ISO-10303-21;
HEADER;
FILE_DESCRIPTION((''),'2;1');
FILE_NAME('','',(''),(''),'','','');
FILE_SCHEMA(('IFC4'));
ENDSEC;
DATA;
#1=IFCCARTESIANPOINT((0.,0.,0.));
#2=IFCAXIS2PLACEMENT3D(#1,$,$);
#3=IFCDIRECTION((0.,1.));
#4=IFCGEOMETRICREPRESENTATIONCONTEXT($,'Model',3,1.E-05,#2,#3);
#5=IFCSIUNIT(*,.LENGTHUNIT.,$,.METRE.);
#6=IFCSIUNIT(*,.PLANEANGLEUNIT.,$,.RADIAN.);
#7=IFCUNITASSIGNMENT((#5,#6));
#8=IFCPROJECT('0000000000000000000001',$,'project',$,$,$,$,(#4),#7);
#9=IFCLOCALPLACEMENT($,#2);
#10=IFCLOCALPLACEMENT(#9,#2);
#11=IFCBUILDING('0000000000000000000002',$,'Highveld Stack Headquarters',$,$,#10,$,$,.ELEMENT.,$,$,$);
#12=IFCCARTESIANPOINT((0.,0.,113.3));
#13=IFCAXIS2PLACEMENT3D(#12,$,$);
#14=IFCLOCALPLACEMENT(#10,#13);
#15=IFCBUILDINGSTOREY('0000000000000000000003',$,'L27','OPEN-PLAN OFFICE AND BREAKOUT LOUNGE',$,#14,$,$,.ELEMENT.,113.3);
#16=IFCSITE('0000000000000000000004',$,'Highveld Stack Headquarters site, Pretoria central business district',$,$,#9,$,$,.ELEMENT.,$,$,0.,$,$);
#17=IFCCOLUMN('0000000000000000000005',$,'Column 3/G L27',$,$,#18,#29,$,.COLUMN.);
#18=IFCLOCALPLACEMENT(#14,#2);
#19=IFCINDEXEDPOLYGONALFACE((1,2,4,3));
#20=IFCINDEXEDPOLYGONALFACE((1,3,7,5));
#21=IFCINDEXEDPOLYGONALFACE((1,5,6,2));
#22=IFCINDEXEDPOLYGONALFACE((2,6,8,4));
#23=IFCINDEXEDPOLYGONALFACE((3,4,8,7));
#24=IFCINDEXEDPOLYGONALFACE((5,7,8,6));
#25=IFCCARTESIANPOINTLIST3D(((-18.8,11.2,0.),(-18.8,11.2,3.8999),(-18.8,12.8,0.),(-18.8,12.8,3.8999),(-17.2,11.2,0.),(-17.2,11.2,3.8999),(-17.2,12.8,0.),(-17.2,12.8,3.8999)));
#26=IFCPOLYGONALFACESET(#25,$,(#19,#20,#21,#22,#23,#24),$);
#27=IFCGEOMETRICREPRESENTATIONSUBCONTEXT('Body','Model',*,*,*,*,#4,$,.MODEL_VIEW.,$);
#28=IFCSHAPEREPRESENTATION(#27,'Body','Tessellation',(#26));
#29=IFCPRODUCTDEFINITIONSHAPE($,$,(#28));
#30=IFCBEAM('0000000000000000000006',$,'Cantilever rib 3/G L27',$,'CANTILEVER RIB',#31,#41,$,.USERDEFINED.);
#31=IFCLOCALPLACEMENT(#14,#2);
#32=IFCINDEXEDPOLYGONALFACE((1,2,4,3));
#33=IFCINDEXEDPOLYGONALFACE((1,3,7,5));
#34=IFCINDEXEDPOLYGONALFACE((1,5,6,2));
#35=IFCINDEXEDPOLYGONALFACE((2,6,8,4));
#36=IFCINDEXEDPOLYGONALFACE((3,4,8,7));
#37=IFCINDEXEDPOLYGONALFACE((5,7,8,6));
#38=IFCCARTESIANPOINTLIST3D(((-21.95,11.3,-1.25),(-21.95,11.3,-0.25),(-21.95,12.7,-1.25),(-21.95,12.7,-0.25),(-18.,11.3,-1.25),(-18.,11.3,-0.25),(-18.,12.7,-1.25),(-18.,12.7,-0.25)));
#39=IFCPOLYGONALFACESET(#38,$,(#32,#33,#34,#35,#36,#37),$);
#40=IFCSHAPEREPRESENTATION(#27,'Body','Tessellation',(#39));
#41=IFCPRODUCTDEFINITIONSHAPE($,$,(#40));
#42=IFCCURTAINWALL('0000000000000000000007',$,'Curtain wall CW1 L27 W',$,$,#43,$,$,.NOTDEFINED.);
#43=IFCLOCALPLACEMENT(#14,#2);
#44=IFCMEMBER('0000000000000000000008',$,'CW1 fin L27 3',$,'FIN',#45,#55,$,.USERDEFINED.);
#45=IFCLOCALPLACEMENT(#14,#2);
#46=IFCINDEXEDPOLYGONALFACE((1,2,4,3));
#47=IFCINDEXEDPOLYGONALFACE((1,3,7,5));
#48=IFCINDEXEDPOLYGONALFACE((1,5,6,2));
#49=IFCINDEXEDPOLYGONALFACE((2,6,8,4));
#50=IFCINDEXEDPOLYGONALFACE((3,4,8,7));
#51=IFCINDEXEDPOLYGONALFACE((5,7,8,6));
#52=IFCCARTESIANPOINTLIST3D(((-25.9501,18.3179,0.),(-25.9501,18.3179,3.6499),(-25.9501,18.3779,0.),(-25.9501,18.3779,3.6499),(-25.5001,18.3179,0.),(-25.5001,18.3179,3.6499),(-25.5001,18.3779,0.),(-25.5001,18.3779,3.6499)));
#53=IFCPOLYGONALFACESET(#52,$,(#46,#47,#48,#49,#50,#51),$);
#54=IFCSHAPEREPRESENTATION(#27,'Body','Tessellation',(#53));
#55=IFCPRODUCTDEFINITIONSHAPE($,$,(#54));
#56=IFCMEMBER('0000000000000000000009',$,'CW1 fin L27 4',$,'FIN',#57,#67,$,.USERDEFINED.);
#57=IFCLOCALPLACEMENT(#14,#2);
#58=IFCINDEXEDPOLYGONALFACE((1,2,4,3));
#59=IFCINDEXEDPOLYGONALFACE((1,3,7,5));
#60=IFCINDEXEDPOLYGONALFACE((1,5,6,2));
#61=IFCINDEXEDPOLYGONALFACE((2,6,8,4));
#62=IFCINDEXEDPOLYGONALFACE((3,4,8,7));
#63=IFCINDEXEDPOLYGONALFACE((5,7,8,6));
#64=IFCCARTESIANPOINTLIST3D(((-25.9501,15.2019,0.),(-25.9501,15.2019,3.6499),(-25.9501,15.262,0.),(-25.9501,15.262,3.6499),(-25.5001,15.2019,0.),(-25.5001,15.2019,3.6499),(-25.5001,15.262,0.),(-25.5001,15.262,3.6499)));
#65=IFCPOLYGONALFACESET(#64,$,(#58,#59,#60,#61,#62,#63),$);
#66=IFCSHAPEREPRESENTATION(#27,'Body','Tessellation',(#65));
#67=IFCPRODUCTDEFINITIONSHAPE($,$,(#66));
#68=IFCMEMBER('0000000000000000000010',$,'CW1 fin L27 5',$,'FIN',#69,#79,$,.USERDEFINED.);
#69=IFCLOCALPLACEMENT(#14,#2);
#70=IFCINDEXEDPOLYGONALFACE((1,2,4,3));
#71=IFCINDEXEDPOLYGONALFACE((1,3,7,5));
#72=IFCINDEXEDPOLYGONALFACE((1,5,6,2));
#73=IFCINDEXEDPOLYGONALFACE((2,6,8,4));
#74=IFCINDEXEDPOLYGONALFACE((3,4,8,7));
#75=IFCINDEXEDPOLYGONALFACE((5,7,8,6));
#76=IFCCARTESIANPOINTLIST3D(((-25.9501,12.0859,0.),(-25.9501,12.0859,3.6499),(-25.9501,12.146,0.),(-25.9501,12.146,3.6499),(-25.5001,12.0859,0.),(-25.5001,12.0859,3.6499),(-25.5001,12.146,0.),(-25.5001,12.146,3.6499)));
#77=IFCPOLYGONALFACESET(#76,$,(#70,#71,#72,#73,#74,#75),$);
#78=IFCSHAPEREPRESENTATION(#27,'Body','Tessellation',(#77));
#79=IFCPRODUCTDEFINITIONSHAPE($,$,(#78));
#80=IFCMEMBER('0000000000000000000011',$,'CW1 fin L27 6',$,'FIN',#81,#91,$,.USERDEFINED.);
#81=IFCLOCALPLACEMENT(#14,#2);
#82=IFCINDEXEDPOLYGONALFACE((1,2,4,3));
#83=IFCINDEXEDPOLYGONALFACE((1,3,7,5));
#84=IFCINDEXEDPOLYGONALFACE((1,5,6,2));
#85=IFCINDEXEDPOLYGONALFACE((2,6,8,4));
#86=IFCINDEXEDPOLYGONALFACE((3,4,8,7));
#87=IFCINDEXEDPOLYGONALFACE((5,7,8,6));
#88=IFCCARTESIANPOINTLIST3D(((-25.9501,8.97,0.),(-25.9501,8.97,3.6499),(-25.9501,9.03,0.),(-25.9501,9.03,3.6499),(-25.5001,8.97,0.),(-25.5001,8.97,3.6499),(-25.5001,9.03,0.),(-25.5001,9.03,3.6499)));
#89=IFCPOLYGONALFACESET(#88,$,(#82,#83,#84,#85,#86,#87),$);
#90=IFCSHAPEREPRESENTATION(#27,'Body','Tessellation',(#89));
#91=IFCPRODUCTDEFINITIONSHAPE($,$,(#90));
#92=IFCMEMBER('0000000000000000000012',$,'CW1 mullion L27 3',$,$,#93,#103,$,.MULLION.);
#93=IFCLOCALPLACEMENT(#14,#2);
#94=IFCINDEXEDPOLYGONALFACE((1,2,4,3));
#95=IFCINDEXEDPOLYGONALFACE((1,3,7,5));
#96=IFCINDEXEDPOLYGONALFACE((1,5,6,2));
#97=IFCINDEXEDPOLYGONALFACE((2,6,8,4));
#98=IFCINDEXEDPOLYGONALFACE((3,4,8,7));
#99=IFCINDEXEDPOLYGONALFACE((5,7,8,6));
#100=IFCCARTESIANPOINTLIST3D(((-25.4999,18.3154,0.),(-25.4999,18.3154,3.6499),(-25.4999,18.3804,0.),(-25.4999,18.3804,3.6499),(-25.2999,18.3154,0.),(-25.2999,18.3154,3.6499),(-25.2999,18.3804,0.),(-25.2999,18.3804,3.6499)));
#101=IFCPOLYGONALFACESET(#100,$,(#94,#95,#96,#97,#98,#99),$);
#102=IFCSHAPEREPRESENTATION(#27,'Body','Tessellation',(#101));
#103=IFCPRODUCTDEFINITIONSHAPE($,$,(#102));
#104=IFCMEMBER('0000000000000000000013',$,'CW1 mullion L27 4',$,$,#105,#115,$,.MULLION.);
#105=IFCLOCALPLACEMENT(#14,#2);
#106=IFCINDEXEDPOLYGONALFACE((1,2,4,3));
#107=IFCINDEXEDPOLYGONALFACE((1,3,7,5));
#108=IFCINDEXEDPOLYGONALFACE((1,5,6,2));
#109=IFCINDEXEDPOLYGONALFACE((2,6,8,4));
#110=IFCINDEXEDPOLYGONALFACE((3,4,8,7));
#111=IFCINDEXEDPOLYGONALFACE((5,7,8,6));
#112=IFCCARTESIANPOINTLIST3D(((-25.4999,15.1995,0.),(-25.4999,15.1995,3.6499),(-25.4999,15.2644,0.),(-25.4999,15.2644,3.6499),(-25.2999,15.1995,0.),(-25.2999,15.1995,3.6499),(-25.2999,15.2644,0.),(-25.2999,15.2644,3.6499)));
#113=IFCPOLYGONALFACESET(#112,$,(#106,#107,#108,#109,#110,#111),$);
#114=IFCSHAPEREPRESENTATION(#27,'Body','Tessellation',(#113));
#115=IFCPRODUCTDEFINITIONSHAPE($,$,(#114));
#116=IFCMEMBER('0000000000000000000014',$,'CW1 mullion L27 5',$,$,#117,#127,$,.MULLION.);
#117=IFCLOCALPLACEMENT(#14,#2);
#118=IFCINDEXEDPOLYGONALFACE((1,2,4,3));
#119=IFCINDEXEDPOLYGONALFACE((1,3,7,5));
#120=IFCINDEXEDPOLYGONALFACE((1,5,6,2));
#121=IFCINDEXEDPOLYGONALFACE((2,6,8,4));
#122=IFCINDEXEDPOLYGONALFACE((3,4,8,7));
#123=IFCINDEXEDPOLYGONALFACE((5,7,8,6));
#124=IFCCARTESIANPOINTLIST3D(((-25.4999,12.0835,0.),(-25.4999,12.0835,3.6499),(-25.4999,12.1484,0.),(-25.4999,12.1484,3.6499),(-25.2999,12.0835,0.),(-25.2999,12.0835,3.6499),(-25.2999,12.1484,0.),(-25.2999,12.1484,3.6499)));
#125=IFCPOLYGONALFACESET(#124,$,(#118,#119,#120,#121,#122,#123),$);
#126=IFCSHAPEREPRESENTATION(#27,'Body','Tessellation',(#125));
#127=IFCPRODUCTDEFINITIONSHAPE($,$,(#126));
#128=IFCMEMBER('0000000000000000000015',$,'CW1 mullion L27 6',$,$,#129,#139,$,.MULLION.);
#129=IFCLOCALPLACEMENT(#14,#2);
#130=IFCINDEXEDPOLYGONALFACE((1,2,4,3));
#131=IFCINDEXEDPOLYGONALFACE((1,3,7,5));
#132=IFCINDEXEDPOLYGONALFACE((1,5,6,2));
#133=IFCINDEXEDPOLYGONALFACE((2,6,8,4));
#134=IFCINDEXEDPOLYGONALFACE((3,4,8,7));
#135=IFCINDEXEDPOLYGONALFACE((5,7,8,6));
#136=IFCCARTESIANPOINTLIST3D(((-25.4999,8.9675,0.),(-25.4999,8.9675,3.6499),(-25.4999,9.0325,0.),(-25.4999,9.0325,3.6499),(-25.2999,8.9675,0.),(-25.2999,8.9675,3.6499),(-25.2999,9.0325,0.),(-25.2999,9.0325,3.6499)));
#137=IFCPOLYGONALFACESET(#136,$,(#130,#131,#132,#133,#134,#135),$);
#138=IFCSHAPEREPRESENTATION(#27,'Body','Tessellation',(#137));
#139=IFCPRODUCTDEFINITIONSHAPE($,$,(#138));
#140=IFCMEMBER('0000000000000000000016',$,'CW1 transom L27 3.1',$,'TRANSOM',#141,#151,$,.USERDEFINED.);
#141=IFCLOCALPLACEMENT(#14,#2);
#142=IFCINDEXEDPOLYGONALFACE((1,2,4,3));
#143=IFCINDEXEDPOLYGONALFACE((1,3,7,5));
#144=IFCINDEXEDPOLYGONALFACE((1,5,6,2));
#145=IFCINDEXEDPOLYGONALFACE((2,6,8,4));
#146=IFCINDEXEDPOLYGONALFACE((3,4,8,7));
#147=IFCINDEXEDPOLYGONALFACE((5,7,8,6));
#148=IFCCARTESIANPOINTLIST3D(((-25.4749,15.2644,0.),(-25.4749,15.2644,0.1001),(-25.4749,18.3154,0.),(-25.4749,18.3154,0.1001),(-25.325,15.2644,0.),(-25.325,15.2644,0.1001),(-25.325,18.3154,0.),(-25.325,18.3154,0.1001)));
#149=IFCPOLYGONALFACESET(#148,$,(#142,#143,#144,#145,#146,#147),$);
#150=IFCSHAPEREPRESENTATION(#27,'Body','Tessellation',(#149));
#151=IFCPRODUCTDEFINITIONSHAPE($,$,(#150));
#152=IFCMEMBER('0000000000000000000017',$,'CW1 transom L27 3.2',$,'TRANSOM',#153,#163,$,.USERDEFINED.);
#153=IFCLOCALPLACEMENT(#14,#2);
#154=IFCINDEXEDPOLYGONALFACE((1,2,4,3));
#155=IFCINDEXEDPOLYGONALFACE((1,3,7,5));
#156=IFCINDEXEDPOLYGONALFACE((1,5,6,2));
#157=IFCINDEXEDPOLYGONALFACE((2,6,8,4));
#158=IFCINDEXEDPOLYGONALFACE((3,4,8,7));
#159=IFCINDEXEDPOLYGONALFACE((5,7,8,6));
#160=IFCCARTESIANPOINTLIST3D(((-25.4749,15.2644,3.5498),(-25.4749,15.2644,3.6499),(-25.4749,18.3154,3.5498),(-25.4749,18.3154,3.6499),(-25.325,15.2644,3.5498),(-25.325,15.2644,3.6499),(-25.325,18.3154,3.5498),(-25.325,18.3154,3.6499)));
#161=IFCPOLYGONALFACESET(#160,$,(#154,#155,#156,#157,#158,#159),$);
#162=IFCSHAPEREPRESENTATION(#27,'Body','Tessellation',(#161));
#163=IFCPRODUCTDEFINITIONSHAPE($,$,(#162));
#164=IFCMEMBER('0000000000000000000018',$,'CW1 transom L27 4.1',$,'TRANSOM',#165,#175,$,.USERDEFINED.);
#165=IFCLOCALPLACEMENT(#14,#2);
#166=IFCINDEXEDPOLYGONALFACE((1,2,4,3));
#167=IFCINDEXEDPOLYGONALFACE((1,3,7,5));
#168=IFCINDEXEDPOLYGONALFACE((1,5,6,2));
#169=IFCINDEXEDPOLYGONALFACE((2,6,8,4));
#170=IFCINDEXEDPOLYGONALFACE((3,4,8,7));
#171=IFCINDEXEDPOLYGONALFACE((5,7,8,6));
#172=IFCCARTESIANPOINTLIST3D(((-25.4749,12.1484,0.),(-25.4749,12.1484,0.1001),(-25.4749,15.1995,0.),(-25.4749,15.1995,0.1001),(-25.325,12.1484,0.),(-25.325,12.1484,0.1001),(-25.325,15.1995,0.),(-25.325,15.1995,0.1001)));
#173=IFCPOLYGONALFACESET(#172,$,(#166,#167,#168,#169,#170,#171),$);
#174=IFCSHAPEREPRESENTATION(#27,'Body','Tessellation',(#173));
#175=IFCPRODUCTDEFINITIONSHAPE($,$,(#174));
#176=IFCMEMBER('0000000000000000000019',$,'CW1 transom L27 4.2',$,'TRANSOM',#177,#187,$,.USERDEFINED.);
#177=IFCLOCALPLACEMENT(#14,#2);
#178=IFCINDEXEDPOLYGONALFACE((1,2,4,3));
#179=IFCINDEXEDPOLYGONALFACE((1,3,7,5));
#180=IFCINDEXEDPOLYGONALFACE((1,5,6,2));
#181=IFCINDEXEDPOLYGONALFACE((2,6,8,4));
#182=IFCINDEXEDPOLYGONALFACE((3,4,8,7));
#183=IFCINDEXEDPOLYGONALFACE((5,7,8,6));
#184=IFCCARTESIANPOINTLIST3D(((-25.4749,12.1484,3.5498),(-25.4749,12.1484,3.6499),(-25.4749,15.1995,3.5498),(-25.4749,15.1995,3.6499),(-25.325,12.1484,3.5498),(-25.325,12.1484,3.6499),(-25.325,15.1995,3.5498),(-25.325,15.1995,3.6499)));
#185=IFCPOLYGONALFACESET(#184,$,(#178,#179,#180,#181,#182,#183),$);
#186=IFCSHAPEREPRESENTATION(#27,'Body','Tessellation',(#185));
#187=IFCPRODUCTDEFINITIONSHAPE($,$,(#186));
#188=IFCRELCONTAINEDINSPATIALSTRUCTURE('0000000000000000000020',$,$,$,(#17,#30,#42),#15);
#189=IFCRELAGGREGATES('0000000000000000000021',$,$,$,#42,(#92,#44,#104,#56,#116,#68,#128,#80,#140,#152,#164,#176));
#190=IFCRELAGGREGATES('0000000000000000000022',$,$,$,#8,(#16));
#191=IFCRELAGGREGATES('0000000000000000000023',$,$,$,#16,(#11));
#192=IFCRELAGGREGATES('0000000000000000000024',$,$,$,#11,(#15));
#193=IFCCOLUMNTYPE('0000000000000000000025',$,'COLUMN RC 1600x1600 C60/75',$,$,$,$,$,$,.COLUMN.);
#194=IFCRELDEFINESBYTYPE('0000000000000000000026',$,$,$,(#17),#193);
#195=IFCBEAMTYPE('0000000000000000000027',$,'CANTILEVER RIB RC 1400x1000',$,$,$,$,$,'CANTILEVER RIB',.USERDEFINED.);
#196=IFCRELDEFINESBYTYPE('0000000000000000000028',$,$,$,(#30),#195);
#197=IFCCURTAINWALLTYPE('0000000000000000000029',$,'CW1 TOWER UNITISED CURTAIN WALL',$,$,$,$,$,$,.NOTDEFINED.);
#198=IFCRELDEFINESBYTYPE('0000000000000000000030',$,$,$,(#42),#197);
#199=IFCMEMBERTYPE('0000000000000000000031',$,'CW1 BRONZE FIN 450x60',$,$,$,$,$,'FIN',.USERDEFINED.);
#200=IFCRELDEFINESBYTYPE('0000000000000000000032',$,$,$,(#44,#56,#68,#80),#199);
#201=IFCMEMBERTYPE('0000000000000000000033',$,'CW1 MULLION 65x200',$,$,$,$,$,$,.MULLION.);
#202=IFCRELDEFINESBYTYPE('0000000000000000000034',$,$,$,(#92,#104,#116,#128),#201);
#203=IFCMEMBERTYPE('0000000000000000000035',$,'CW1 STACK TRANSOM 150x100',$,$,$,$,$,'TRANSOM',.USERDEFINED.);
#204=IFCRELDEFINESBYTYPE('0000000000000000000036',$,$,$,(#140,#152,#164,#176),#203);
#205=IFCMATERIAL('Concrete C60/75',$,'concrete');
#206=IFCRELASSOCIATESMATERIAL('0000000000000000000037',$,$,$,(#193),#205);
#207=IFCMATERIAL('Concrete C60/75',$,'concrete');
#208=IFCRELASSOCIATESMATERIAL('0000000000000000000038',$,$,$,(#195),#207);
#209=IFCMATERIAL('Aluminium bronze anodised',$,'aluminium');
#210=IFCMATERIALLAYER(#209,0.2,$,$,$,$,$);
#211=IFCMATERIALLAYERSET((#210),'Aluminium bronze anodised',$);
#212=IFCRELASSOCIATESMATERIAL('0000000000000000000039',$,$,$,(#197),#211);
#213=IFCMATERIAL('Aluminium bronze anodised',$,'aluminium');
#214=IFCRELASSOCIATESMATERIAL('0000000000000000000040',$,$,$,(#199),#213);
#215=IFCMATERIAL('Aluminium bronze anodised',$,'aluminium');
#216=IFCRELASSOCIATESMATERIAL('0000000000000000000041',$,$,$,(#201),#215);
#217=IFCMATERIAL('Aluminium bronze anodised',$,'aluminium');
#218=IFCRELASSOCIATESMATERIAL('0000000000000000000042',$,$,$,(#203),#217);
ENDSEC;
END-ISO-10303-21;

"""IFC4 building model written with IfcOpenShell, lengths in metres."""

from ifc_helpers import new_model, si_unit, direction, frame, origin, origin_2d, place, context, subcontext, project, spatial, rectangle, extrude, material, layer, layer_set, material_profile, profile_set, type_object, element, aggregate, save


model = new_model("IFC4")

# Units and contexts
model_context = context("Model", 3, precision=1e-05, world=origin(), true_north=direction((0.0, 1.0)))
body_context = subcontext(model_context, "Body", "Model", "MODEL_VIEW")
ifc_project = project(units=[si_unit("LENGTHUNIT", "METRE"), si_unit("PLANEANGLEUNIT", "RADIAN")], contexts=[model_context])

# Site, building, storey
site_placement = place(None, origin())
site = spatial("IfcSite", under=ifc_project, at=site_placement, Name="Highveld Stack Headquarters site, Pretoria central business district", CompositionType="ELEMENT", RefElevation=0.0)
building_placement = place(site_placement, origin())
building = spatial("IfcBuilding", under=site, at=building_placement, Name="Highveld Stack Headquarters", CompositionType="ELEMENT")
storey_placement = place(building_placement, frame((0.0, 0.0, 113.3)))
storey = spatial("IfcBuildingStorey", under=building, at=storey_placement, Name="L27", Description="OPEN-PLAN OFFICE AND BREAKOUT LOUNGE", CompositionType="ELEMENT", Elevation=113.3)

# Column
ifc_material_1 = material(Name="Concrete C60/75", Category="concrete")
ifc_material_profile_1 = material_profile(ifc_material_1, rectangle(XDim=1.6001, YDim=1.6001, at=origin_2d()), Name="RC 1600x1600")
ifc_profile_set_1 = profile_set([ifc_material_profile_1], Name="Concrete C60/75")
column_type = type_object("IfcColumnType", Name="COLUMN RC 1600x1600 C60/75", PredefinedType="COLUMN", material=ifc_profile_set_1)
column_placement = place(storey_placement, frame((-18.0, 12.0, 0.0), z_axis=(0.0, 0.0, 1.0), x_axis=(1.0, 0.0, 0.0)))
element("IfcColumn", 1, at=column_placement, inside=storey, type_object=column_type, Name="Column 3/G L27", PredefinedType="COLUMN", context=body_context, shape_type="SweptSolid", body=[
    extrude(rectangle(XDim=1.6001, YDim=1.6001, at=origin_2d()), origin(), (0.0, 0.0, 1.0), 3.8999),
])

# Beam
ifc_material_2 = material(Name="Concrete C60/75", Category="concrete")
ifc_material_profile_2 = material_profile(ifc_material_2, rectangle(XDim=1.3999, YDim=1.0, at=origin_2d()), Name="RC 1400x1000")
ifc_profile_set_2 = profile_set([ifc_material_profile_2], Name="Concrete C60/75")
beam_type_1 = type_object("IfcBeamType", Name="CANTILEVER RIB RC 1400x1000", ElementType="CANTILEVER RIB", PredefinedType="USERDEFINED", material=ifc_profile_set_2)
beam_1_placement = place(storey_placement, frame((-18.0, 12.0, -0.75), z_axis=(-1.0, 0.0, 0.0), x_axis=(0.0, -1.0, 0.0)))
element("IfcBeam", 2, at=beam_1_placement, inside=storey, type_object=beam_type_1, Name="Cantilever rib 3/G L27", ObjectType="CANTILEVER RIB", PredefinedType="USERDEFINED", context=body_context, shape_type="SweptSolid", body=[
    extrude(rectangle(XDim=1.3999, YDim=1.0, at=origin_2d()), origin(), (0.0, 0.0, 1.0), 3.95),
])

# Curtain wall, members
ifc_material_3 = material(Name="Aluminium bronze anodised", Category="aluminium")
ifc_layer_1 = layer(ifc_material_3, 0.2)
ifc_layer_set_1 = layer_set([ifc_layer_1], Name="Aluminium bronze anodised")
curtain_wall_type = type_object("IfcCurtainWallType", Name="CW1 TOWER UNITISED CURTAIN WALL", PredefinedType="NOTDEFINED", material=ifc_layer_set_1)
curtain_wall_placement = place(storey_placement, origin())
curtain_wall = element("IfcCurtainWall", 3, at=curtain_wall_placement, inside=storey, type_object=curtain_wall_type, Name="Curtain wall CW1 L27 W", PredefinedType="NOTDEFINED")
ifc_material_4 = material(Name="Aluminium bronze anodised", Category="aluminium")
ifc_material_profile_3 = material_profile(ifc_material_4, rectangle(XDim=0.45, YDim=0.0601, at=origin_2d()), Name="FIN 450x60")
ifc_profile_set_3 = profile_set([ifc_material_profile_3], Name="Aluminium bronze anodised")
member_type_1 = type_object("IfcMemberType", Name="CW1 BRONZE FIN 450x60", ElementType="FIN", PredefinedType="USERDEFINED", material=ifc_profile_set_3)
member_1_placement = place(storey_placement, frame((-25.7251, 18.3479, 0.0), z_axis=(0.0, 0.0, 1.0), x_axis=(1.0, 0.0, 0.0)))
member_1 = element("IfcMember", 4, at=member_1_placement, type_object=member_type_1, Name="CW1 fin L27 3", ObjectType="FIN", PredefinedType="USERDEFINED", context=body_context, shape_type="SweptSolid", body=[
    extrude(rectangle(XDim=0.45, YDim=0.0601, at=origin_2d()), origin(), (0.0, 0.0, 1.0), 3.6499),
])
member_2_placement = place(storey_placement, frame((-25.7251, 15.2319, 0.0), z_axis=(0.0, 0.0, 1.0), x_axis=(1.0, 0.0, 0.0)))
member_2 = element("IfcMember", 5, at=member_2_placement, type_object=member_type_1, Name="CW1 fin L27 4", ObjectType="FIN", PredefinedType="USERDEFINED", context=body_context, shape_type="SweptSolid", body=[
    extrude(rectangle(XDim=0.45, YDim=0.0601, at=origin_2d()), origin(), (0.0, 0.0, 1.0), 3.6499),
])
member_3_placement = place(storey_placement, frame((-25.7251, 12.116, 0.0), z_axis=(0.0, 0.0, 1.0), x_axis=(1.0, 0.0, 0.0)))
member_3 = element("IfcMember", 6, at=member_3_placement, type_object=member_type_1, Name="CW1 fin L27 5", ObjectType="FIN", PredefinedType="USERDEFINED", context=body_context, shape_type="SweptSolid", body=[
    extrude(rectangle(XDim=0.45, YDim=0.0601, at=origin_2d()), origin(), (0.0, 0.0, 1.0), 3.6499),
])
member_4_placement = place(storey_placement, frame((-25.7251, 9.0, 0.0), z_axis=(0.0, 0.0, 1.0), x_axis=(1.0, 0.0, 0.0)))
member_4 = element("IfcMember", 7, at=member_4_placement, type_object=member_type_1, Name="CW1 fin L27 6", ObjectType="FIN", PredefinedType="USERDEFINED", context=body_context, shape_type="SweptSolid", body=[
    extrude(rectangle(XDim=0.45, YDim=0.0601, at=origin_2d()), origin(), (0.0, 0.0, 1.0), 3.6499),
])
ifc_material_5 = material(Name="Aluminium bronze anodised", Category="aluminium")
ifc_material_profile_4 = material_profile(ifc_material_5, rectangle(XDim=0.2, YDim=0.0649, at=origin_2d()), Name="CW1 MULLION 65x200")
ifc_profile_set_4 = profile_set([ifc_material_profile_4], Name="Aluminium bronze anodised")
member_type_2 = type_object("IfcMemberType", Name="CW1 MULLION 65x200", PredefinedType="MULLION", material=ifc_profile_set_4)
member_5_placement = place(storey_placement, frame((-25.3999, 18.3479, 0.0), z_axis=(0.0, 0.0, 1.0), x_axis=(1.0, 0.0, 0.0)))
member_5 = element("IfcMember", 8, at=member_5_placement, type_object=member_type_2, Name="CW1 mullion L27 3", PredefinedType="MULLION", context=body_context, shape_type="SweptSolid", body=[
    extrude(rectangle(XDim=0.2, YDim=0.0649, at=origin_2d()), origin(), (0.0, 0.0, 1.0), 3.6499),
])
member_6_placement = place(storey_placement, frame((-25.3999, 15.2319, 0.0), z_axis=(0.0, 0.0, 1.0), x_axis=(1.0, 0.0, 0.0)))
member_6 = element("IfcMember", 9, at=member_6_placement, type_object=member_type_2, Name="CW1 mullion L27 4", PredefinedType="MULLION", context=body_context, shape_type="SweptSolid", body=[
    extrude(rectangle(XDim=0.2, YDim=0.0649, at=origin_2d()), origin(), (0.0, 0.0, 1.0), 3.6499),
])
member_7_placement = place(storey_placement, frame((-25.3999, 12.116, 0.0), z_axis=(0.0, 0.0, 1.0), x_axis=(1.0, 0.0, 0.0)))
member_7 = element("IfcMember", 10, at=member_7_placement, type_object=member_type_2, Name="CW1 mullion L27 5", PredefinedType="MULLION", context=body_context, shape_type="SweptSolid", body=[
    extrude(rectangle(XDim=0.2, YDim=0.0649, at=origin_2d()), origin(), (0.0, 0.0, 1.0), 3.6499),
])
member_8_placement = place(storey_placement, frame((-25.3999, 9.0, 0.0), z_axis=(0.0, 0.0, 1.0), x_axis=(1.0, 0.0, 0.0)))
member_8 = element("IfcMember", 11, at=member_8_placement, type_object=member_type_2, Name="CW1 mullion L27 6", PredefinedType="MULLION", context=body_context, shape_type="SweptSolid", body=[
    extrude(rectangle(XDim=0.2, YDim=0.0649, at=origin_2d()), origin(), (0.0, 0.0, 1.0), 3.6499),
])
ifc_material_6 = material(Name="Aluminium bronze anodised", Category="aluminium")
ifc_material_profile_5 = material_profile(ifc_material_6, rectangle(XDim=0.1499, YDim=0.1001, at=origin_2d()), Name="CW1 TRANSOM 150x100")
ifc_profile_set_5 = profile_set([ifc_material_profile_5], Name="Aluminium bronze anodised")
member_type_3 = type_object("IfcMemberType", Name="CW1 STACK TRANSOM 150x100", ElementType="TRANSOM", PredefinedType="USERDEFINED", material=ifc_profile_set_5)
member_9_placement = place(storey_placement, frame((-25.3999, 18.3154, 0.05), z_axis=(0.0, -1.0, 0.0), x_axis=(1.0, 0.0, 0.0)))
member_9 = element("IfcMember", 12, at=member_9_placement, type_object=member_type_3, Name="CW1 transom L27 3.1", ObjectType="TRANSOM", PredefinedType="USERDEFINED", context=body_context, shape_type="SweptSolid", body=[
    extrude(rectangle(XDim=0.1499, YDim=0.1001, at=origin_2d()), origin(), (0.0, 0.0, 1.0), 3.051),
])
member_10_placement = place(storey_placement, frame((-25.3999, 18.3154, 3.5999), z_axis=(0.0, -1.0, 0.0), x_axis=(1.0, 0.0, 0.0)))
member_10 = element("IfcMember", 13, at=member_10_placement, type_object=member_type_3, Name="CW1 transom L27 3.2", ObjectType="TRANSOM", PredefinedType="USERDEFINED", context=body_context, shape_type="SweptSolid", body=[
    extrude(rectangle(XDim=0.1499, YDim=0.1001, at=origin_2d()), origin(), (0.0, 0.0, 1.0), 3.051),
])
member_11_placement = place(storey_placement, frame((-25.3999, 15.1995, 0.05), z_axis=(0.0, -1.0, 0.0), x_axis=(1.0, 0.0, 0.0)))
member_11 = element("IfcMember", 14, at=member_11_placement, type_object=member_type_3, Name="CW1 transom L27 4.1", ObjectType="TRANSOM", PredefinedType="USERDEFINED", context=body_context, shape_type="SweptSolid", body=[
    extrude(rectangle(XDim=0.1499, YDim=0.1001, at=origin_2d()), origin(), (0.0, 0.0, 1.0), 3.051),
])
member_12_placement = place(storey_placement, frame((-25.3999, 15.1995, 3.5999), z_axis=(0.0, -1.0, 0.0), x_axis=(1.0, 0.0, 0.0)))
member_12 = element("IfcMember", 15, at=member_12_placement, type_object=member_type_3, Name="CW1 transom L27 4.2", ObjectType="TRANSOM", PredefinedType="USERDEFINED", context=body_context, shape_type="SweptSolid", body=[
    extrude(rectangle(XDim=0.1499, YDim=0.1001, at=origin_2d()), origin(), (0.0, 0.0, 1.0), 3.051),
])

aggregate(curtain_wall, [member_5, member_1, member_6, member_2, member_7, member_3, member_8, member_4, member_9, member_10, member_11, member_12])

save(model, "model.ifc")
